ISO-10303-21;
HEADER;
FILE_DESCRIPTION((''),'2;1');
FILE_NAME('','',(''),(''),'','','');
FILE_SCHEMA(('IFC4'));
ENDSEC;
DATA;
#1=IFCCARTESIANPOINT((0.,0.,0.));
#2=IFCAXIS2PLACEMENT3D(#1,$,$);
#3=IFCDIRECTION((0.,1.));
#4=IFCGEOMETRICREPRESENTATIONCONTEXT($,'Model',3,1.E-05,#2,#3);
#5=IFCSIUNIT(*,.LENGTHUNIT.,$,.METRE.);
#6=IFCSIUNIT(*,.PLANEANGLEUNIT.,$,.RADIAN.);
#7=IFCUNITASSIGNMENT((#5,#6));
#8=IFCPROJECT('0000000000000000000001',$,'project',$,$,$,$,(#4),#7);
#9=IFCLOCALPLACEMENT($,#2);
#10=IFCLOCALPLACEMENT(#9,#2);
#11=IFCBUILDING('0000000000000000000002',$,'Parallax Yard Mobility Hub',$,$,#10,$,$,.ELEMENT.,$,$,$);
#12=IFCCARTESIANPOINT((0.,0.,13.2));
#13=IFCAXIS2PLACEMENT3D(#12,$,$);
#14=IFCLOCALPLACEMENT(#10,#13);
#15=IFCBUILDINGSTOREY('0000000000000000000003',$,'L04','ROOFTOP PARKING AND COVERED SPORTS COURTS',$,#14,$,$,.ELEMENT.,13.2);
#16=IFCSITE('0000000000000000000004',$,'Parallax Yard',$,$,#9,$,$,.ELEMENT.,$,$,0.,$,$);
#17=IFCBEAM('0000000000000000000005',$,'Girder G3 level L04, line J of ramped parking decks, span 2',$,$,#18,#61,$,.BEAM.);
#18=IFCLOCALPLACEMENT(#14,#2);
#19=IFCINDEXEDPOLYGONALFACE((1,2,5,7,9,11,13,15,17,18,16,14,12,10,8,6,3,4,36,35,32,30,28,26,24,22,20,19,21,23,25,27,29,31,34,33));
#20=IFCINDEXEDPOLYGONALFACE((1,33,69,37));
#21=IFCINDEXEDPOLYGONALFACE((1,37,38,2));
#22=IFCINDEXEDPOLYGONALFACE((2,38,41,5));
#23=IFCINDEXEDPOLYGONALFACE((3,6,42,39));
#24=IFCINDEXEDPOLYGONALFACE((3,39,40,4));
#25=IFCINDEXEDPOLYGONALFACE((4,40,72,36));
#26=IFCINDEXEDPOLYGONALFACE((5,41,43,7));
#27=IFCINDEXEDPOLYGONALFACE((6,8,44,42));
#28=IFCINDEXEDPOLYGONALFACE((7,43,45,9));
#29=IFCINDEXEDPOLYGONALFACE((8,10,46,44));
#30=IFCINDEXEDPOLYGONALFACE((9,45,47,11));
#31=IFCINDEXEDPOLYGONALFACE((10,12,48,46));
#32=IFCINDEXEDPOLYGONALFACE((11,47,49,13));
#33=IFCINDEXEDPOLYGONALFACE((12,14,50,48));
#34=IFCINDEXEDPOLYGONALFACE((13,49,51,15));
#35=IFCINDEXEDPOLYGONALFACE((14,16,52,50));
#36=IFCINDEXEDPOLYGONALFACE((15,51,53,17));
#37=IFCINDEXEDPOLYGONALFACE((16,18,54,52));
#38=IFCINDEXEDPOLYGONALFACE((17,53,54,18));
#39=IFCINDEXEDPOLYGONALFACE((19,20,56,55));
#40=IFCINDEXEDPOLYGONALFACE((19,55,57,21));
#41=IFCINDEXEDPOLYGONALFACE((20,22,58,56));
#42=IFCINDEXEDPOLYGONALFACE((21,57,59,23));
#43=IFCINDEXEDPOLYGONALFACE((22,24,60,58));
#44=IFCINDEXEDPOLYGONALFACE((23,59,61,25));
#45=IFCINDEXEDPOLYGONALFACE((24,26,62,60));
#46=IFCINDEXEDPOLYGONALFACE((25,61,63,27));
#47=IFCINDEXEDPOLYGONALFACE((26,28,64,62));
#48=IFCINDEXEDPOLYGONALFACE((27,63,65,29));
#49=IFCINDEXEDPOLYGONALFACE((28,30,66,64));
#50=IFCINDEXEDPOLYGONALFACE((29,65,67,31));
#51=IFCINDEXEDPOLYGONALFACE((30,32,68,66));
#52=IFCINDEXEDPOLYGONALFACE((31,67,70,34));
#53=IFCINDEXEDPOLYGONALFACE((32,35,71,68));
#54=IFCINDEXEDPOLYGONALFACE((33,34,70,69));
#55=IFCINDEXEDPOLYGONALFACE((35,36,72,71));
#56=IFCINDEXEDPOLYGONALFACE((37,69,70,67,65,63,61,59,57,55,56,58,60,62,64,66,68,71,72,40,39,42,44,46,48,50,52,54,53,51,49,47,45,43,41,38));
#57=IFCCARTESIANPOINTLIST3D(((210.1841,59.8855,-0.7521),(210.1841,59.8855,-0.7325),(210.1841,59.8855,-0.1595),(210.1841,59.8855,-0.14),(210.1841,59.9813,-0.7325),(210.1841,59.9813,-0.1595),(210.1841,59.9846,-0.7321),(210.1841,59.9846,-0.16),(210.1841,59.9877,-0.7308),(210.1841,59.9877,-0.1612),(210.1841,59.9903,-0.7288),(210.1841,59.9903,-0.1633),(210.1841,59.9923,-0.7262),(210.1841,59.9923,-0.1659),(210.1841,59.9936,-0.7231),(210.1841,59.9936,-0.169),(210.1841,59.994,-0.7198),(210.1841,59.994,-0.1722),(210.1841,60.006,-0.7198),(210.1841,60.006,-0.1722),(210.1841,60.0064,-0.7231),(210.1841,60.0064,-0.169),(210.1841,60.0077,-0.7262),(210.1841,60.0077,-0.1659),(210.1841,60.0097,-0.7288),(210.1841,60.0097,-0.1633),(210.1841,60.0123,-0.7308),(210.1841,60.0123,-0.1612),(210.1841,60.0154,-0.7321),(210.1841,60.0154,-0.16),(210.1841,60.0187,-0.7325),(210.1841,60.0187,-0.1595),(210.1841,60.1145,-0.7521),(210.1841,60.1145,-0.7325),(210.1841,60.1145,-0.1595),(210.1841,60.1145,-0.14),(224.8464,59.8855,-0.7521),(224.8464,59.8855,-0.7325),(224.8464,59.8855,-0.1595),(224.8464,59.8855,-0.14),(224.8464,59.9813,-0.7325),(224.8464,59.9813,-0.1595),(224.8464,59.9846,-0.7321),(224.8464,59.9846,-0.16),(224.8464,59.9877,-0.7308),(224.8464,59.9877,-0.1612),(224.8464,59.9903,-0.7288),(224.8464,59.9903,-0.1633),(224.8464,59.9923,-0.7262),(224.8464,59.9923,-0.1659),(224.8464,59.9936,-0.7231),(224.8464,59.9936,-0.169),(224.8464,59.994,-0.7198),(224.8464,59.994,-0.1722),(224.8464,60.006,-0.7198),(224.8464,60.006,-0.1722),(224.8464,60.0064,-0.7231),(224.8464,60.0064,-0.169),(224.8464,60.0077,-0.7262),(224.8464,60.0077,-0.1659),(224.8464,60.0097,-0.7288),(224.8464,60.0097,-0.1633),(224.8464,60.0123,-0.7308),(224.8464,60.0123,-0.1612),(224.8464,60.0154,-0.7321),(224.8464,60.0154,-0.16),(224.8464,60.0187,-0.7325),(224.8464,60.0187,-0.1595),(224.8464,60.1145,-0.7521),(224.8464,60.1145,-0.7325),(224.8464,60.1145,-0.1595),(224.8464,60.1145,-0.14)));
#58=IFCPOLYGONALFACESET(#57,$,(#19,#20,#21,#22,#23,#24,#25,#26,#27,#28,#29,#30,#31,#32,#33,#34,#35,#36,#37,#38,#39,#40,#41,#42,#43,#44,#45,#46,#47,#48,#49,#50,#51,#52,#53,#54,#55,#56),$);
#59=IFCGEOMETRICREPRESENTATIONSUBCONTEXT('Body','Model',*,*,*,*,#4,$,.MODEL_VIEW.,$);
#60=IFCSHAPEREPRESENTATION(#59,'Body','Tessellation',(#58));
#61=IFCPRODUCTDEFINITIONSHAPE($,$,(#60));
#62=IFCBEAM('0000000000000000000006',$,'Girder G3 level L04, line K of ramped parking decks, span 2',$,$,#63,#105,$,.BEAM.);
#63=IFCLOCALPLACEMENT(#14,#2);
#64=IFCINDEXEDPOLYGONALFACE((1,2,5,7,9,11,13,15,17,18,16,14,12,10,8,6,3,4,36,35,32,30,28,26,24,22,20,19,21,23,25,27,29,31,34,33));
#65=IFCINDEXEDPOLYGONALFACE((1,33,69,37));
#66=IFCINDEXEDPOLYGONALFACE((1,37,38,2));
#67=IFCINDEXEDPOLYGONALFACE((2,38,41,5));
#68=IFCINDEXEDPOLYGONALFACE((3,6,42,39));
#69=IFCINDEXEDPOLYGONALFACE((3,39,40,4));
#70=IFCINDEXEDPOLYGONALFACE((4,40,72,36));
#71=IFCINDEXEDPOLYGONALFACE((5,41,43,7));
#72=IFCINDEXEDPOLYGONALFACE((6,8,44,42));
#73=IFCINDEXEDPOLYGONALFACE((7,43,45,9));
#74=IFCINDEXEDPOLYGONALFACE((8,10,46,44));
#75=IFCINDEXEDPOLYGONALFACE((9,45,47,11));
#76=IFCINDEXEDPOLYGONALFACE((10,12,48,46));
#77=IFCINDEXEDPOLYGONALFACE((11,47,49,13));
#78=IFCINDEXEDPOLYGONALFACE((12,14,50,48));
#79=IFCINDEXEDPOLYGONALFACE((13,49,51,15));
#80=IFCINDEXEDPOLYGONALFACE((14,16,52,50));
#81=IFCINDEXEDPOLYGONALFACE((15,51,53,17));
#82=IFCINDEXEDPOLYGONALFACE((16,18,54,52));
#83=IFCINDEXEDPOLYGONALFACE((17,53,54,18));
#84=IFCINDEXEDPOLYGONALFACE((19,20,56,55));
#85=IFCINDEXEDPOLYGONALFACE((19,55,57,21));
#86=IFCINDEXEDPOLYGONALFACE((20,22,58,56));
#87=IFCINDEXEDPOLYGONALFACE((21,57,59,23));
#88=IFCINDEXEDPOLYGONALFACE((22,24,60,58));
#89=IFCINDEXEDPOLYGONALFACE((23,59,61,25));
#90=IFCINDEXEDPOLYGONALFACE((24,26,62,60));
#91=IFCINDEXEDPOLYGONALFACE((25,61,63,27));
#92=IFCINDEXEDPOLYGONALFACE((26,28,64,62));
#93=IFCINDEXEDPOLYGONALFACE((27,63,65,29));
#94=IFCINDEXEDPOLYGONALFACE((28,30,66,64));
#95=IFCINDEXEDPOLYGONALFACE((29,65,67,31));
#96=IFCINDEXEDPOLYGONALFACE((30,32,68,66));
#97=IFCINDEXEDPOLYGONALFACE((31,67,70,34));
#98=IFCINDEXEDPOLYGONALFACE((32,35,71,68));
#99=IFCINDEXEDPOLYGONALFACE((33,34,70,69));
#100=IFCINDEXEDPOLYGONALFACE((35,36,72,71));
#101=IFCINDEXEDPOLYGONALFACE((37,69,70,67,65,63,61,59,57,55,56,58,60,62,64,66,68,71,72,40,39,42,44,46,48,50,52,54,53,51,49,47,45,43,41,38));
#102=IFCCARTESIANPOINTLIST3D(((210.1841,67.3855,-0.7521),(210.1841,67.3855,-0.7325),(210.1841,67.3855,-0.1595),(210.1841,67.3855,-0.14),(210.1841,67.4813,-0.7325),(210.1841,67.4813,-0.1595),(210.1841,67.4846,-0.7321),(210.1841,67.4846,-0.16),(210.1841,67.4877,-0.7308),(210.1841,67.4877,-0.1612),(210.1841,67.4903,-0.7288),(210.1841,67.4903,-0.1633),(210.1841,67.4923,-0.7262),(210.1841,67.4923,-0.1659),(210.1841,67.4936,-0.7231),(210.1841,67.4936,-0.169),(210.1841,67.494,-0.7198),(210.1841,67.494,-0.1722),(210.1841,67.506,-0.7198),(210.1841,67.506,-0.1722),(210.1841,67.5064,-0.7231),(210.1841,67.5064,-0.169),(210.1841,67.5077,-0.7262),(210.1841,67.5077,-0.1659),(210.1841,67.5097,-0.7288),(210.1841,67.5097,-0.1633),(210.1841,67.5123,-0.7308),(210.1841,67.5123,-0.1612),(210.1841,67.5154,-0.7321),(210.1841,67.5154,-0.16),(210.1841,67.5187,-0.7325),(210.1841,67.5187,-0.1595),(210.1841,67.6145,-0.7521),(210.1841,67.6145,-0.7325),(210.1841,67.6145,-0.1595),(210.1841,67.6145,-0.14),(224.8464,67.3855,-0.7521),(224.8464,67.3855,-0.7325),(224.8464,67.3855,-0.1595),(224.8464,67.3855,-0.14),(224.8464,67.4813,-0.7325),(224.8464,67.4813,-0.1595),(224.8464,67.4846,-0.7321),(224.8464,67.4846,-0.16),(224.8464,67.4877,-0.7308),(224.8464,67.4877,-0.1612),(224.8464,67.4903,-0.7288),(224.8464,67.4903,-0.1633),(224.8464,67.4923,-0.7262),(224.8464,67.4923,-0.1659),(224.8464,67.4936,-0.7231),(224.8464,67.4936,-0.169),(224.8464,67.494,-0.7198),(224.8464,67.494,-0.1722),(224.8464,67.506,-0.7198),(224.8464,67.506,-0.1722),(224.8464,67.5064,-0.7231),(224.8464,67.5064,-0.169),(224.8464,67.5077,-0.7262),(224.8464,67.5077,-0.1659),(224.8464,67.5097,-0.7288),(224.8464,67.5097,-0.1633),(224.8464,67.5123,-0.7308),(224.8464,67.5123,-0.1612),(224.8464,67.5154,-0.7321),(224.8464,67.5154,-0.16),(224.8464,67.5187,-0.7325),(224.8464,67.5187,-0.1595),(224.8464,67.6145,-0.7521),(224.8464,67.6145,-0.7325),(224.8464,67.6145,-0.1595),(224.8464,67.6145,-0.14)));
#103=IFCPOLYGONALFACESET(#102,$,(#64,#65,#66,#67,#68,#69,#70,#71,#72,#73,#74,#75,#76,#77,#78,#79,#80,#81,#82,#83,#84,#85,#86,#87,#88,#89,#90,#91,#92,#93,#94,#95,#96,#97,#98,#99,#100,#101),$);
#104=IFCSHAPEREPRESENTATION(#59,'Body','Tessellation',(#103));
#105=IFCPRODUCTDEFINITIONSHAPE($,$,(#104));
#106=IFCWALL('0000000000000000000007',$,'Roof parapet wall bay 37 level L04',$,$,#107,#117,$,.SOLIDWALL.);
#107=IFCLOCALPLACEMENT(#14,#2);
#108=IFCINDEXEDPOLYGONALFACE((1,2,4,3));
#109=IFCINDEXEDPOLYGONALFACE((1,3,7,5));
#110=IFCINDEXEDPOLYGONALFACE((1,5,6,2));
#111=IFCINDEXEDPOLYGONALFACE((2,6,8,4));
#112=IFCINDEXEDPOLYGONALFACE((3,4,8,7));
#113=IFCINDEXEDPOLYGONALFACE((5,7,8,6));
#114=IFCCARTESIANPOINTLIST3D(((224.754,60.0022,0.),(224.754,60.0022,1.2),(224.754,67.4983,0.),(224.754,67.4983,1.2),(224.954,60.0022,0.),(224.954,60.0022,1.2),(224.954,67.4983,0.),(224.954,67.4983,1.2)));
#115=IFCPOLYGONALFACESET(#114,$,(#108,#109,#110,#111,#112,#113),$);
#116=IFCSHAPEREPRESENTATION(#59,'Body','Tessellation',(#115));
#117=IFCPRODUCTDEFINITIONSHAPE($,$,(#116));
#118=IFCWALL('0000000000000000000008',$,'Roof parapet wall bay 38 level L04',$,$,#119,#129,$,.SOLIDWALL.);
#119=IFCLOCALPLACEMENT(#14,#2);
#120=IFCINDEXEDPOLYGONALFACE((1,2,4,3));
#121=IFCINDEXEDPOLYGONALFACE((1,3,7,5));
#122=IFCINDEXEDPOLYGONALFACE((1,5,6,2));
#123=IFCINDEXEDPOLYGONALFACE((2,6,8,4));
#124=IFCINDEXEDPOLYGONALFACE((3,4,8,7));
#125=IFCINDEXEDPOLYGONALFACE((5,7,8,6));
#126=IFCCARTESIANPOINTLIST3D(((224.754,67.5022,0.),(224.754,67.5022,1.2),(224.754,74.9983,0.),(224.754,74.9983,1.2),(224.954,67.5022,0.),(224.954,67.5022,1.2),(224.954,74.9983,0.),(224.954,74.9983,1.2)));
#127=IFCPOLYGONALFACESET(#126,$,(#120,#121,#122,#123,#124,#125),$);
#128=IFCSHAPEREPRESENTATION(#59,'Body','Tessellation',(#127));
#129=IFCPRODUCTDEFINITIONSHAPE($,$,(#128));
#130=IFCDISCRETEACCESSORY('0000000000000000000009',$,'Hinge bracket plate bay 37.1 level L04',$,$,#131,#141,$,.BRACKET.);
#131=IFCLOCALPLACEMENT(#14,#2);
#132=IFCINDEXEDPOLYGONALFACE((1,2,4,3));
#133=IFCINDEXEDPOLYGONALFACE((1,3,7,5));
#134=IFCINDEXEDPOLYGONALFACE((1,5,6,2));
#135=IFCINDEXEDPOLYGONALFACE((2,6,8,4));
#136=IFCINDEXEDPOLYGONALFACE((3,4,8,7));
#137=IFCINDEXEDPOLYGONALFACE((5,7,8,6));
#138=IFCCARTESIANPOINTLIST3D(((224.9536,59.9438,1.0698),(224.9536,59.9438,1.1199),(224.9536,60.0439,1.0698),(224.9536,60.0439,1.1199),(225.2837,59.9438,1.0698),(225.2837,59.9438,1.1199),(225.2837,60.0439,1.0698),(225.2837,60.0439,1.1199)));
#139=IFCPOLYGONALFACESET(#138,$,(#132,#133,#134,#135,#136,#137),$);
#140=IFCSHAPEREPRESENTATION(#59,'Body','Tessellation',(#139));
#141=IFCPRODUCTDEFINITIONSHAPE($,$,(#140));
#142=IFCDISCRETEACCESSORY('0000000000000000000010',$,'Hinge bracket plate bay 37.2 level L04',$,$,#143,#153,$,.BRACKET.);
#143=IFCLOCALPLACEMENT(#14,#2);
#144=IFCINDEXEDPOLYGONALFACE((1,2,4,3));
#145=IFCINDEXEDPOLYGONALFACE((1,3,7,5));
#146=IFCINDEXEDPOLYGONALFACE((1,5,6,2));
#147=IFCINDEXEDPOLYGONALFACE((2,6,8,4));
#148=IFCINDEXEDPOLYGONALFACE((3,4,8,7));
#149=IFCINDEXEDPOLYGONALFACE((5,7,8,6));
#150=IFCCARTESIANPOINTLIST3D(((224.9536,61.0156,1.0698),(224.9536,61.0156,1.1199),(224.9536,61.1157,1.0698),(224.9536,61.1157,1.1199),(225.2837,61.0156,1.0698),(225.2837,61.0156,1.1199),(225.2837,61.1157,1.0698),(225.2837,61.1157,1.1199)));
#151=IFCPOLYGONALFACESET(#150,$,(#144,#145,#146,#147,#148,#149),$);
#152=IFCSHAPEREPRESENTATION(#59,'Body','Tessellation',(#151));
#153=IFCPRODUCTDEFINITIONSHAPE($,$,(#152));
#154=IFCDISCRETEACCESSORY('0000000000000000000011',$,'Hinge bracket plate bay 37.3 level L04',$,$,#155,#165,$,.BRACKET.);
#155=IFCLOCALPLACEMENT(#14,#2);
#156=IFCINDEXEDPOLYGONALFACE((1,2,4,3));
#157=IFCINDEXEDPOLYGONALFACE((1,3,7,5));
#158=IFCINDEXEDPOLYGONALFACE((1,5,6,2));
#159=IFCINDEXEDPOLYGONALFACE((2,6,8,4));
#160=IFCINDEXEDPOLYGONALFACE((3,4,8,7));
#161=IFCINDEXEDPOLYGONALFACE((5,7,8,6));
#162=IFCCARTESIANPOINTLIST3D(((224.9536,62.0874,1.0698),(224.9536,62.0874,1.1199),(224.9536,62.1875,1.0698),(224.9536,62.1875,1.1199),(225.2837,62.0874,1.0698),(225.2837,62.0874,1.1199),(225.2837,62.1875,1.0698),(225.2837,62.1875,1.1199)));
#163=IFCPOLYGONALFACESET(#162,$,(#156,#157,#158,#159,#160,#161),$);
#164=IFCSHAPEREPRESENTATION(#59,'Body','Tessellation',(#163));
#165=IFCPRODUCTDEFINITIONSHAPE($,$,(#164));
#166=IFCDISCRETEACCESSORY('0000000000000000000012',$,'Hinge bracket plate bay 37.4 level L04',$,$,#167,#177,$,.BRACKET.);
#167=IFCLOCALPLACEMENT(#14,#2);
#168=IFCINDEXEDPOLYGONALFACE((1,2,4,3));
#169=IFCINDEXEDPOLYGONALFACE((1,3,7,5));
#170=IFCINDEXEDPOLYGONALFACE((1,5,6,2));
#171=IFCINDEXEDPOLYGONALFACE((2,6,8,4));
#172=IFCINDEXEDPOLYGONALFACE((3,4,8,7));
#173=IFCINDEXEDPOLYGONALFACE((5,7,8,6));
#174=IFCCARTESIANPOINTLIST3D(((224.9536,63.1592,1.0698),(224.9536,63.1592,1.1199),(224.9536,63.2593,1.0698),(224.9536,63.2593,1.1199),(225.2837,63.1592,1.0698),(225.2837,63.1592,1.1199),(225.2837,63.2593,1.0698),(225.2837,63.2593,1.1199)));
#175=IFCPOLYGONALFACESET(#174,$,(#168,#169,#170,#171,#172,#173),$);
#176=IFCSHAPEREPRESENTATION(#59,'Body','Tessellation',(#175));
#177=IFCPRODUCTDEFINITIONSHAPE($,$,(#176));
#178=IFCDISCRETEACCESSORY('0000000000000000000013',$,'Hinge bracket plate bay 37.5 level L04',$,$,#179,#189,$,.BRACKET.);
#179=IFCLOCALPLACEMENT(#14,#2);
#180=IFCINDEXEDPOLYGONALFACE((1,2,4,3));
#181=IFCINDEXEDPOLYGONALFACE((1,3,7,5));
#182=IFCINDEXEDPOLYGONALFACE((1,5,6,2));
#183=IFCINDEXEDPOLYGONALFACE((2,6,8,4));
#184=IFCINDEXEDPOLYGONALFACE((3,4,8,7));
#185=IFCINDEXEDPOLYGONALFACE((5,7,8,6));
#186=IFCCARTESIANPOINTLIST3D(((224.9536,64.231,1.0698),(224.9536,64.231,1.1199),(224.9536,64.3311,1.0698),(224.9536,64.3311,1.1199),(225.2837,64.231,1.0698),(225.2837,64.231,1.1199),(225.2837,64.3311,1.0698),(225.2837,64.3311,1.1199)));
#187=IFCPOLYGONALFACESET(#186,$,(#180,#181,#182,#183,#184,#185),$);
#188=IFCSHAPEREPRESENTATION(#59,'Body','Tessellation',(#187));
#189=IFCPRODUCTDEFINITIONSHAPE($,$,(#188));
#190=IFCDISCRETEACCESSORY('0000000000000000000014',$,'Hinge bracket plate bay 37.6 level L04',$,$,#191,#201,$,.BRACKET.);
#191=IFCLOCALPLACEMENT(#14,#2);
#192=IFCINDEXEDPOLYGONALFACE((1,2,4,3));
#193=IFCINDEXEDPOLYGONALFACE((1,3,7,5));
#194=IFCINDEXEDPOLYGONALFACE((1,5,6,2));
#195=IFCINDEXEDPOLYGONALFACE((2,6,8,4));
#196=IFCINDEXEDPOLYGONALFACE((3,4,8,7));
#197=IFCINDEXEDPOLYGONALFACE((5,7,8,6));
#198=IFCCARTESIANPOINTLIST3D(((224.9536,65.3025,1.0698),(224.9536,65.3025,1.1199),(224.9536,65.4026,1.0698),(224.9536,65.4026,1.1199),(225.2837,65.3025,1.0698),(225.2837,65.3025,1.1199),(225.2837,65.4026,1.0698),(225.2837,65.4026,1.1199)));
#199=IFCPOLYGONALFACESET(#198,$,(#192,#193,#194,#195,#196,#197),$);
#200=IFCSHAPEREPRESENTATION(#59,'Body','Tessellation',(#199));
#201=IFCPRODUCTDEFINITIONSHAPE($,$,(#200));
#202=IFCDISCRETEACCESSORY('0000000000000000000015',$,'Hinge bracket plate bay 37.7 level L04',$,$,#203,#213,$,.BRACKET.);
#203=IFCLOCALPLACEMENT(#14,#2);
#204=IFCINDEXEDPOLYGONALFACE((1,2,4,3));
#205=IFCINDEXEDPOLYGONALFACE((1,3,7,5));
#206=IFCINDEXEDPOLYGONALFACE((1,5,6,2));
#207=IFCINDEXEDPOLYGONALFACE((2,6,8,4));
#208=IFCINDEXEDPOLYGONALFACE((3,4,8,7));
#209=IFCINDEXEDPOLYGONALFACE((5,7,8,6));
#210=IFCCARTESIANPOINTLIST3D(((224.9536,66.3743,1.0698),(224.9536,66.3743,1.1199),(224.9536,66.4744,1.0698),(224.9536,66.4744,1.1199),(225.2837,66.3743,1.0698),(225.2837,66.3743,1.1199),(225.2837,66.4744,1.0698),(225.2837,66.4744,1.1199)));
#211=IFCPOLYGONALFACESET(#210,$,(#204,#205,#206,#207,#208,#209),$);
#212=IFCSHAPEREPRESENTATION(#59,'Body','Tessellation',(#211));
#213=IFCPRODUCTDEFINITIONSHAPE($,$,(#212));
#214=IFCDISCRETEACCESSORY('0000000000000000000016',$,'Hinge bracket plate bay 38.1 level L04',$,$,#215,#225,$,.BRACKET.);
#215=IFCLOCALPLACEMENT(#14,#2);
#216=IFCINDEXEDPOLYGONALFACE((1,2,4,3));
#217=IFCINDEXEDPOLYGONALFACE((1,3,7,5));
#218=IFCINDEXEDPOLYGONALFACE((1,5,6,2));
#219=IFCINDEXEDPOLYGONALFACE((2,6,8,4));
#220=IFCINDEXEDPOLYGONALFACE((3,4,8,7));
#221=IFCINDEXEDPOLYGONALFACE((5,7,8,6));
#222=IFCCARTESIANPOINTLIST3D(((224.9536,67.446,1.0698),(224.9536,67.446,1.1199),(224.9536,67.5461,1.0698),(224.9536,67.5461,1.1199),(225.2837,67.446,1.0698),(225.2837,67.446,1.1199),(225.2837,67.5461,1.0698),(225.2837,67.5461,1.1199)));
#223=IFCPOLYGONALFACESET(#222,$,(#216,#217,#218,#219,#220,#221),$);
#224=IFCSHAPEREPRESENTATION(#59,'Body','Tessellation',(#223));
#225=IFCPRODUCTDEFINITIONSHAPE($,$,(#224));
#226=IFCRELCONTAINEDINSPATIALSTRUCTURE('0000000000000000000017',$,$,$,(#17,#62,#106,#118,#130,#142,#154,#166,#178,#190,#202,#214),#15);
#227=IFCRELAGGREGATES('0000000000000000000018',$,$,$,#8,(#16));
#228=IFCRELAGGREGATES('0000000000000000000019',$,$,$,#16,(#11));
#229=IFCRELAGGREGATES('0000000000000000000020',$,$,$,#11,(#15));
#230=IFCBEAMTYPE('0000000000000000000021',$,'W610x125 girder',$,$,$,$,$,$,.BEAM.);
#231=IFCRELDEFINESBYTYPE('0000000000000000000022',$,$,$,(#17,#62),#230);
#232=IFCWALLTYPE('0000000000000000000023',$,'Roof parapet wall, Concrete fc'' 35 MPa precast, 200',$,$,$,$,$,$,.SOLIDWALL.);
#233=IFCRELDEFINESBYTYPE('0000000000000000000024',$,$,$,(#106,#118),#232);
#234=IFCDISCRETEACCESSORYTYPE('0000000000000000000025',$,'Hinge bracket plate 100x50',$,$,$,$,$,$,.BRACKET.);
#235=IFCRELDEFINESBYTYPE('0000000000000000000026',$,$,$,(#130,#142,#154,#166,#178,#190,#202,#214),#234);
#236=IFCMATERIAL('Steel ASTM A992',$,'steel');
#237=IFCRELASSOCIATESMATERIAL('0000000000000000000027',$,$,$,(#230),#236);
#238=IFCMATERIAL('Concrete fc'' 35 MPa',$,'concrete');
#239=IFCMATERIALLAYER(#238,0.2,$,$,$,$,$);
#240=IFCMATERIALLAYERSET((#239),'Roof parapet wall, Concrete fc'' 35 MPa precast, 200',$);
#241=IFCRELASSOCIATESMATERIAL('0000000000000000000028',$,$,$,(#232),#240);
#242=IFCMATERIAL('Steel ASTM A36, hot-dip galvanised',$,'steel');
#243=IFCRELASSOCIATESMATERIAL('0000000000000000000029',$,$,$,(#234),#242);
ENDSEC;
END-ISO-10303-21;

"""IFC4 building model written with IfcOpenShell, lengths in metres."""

from ifc_helpers import new_model, si_unit, direction, frame, frame_2d, origin, origin_2d, place, context, subcontext, project, spatial, rectangle, i_section, extrude, material, layer, layer_set, material_profile, profile_set, type_object, element, save


model = new_model("IFC4")

# Units and contexts
model_context = context("Model", 3, precision=1e-05, world=origin(), true_north=direction((0.0, 1.0)))
body_context = subcontext(model_context, "Body", "Model", "MODEL_VIEW")
ifc_project = project(units=[si_unit("LENGTHUNIT", "METRE"), si_unit("PLANEANGLEUNIT", "RADIAN")], contexts=[model_context])

# Site, building, storey
site_placement = place(None, origin())
site = spatial("IfcSite", under=ifc_project, at=site_placement, Name="Parallax Yard", CompositionType="ELEMENT", RefElevation=0.0)
building_placement = place(site_placement, origin())
building = spatial("IfcBuilding", under=site, at=building_placement, Name="Parallax Yard Mobility Hub", CompositionType="ELEMENT")
storey_placement = place(building_placement, frame((0.0, 0.0, 13.2)))
storey = spatial("IfcBuildingStorey", under=building, at=storey_placement, Name="L04", Description="ROOFTOP PARKING AND COVERED SPORTS COURTS", CompositionType="ELEMENT", Elevation=13.2)

# Shared definitions
ifc_material_1 = material(Name="Steel ASTM A992", Category="steel")

# Beams
ifc_material_profile_1 = material_profile(ifc_material_1, i_section(OverallWidth=0.229, OverallDepth=0.6121, WebThickness=0.012, FlangeThickness=0.0195, FilletRadius=0.0127, at=origin_2d()), Name="W610x125")
ifc_profile_set_1 = profile_set([ifc_material_profile_1], Name="Steel ASTM A992")
beam_type_1 = type_object("IfcBeamType", Name="W610x125 girder", PredefinedType="BEAM", material=ifc_profile_set_1)
for number, where, z_axis, x_axis, name in (
    (1, (210.1841, 60.0, -0.446), (1.0, 0.0, 0.0), (0.0, 1.0, 0.0), "Girder G3 level L04, line J of ramped parking decks, span 2"),
    (2, (210.1841, 67.5, -0.446), (1.0, 0.0, 0.0), (0.0, 1.0, 0.0), "Girder G3 level L04, line K of ramped parking decks, span 2"),
):
    element("IfcBeam", number, at=place(storey_placement, frame(where, z_axis=z_axis, x_axis=x_axis)), inside=storey, type_object=beam_type_1, Name=name, PredefinedType="BEAM", context=body_context, shape_type="SweptSolid", body=[
        extrude(i_section(OverallWidth=0.229, OverallDepth=0.6121, WebThickness=0.012, FlangeThickness=0.0195, FilletRadius=0.0127, at=origin_2d()), origin(), (0.0, 0.0, 1.0), 14.6624),
    ])

# Walls
ifc_material_2 = material(Name="Concrete fc' 35 MPa", Category="concrete")
ifc_layer = layer(ifc_material_2, 0.2)
ifc_layer_set = layer_set([ifc_layer], Name="Roof parapet wall, Concrete fc' 35 MPa precast, 200")
wall_type = type_object("IfcWallType", Name="Roof parapet wall, Concrete fc' 35 MPa precast, 200", PredefinedType="SOLIDWALL", material=ifc_layer_set)
for number, where, z_axis, x_axis, name in (
    (3, (224.854, 60.0022, 0.0), (0.0, 0.0, 1.0), (0.0, 1.0, 0.0), "Roof parapet wall bay 37 level L04"),
    (4, (224.854, 67.5022, 0.0), (0.0, 0.0, 1.0), (0.0, 1.0, 0.0), "Roof parapet wall bay 38 level L04"),
):
    element("IfcWall", number, at=place(storey_placement, frame(where, z_axis=z_axis, x_axis=x_axis)), inside=storey, type_object=wall_type, Name=name, PredefinedType="SOLIDWALL", context=body_context, shape_type="SweptSolid", body=[
        extrude(rectangle(XDim=7.4961, YDim=0.2, at=frame_2d((3.748, 0.0))), origin(), (0.0, 0.0, 1.0), 1.2),
    ])

# Discrete accessories
ifc_material_3 = material(Name="Steel ASTM A36, hot-dip galvanised", Category="steel")
discrete_accessory_type_1 = type_object("IfcDiscreteAccessoryType", Name="Hinge bracket plate 100x50", PredefinedType="BRACKET", material=ifc_material_3)
for number, where, z_axis, x_axis, name in (
    (5, (225.1187, 59.9939, 1.0698), (0.0, 0.0, 1.0), (1.0, 0.0, 0.0), "Hinge bracket plate bay 37.1 level L04"),
    (6, (225.1187, 61.0657, 1.0698), (0.0, 0.0, 1.0), (1.0, 0.0, 0.0), "Hinge bracket plate bay 37.2 level L04"),
    (7, (225.1187, 62.1375, 1.0698), (0.0, 0.0, 1.0), (1.0, 0.0, 0.0), "Hinge bracket plate bay 37.3 level L04"),
    (8, (225.1187, 63.2092, 1.0698), (0.0, 0.0, 1.0), (1.0, 0.0, 0.0), "Hinge bracket plate bay 37.4 level L04"),
    (9, (225.1187, 64.281, 1.0698), (0.0, 0.0, 1.0), (1.0, 0.0, 0.0), "Hinge bracket plate bay 37.5 level L04"),
    (10, (225.1187, 65.3525, 1.0698), (0.0, 0.0, 1.0), (1.0, 0.0, 0.0), "Hinge bracket plate bay 37.6 level L04"),
    (11, (225.1187, 66.4243, 1.0698), (0.0, 0.0, 1.0), (1.0, 0.0, 0.0), "Hinge bracket plate bay 37.7 level L04"),
    (12, (225.1187, 67.4961, 1.0698), (0.0, 0.0, 1.0), (1.0, 0.0, 0.0), "Hinge bracket plate bay 38.1 level L04"),
):
    element("IfcDiscreteAccessory", number, at=place(storey_placement, frame(where, z_axis=z_axis, x_axis=x_axis)), inside=storey, type_object=discrete_accessory_type_1, Name=name, PredefinedType="BRACKET", context=body_context, shape_type="SweptSolid", body=[
        extrude(rectangle(XDim=0.3301, YDim=0.1001, at=origin_2d()), origin(), (0.0, 0.0, 1.0), 0.05),
    ])

save(model, "model.ifc")
